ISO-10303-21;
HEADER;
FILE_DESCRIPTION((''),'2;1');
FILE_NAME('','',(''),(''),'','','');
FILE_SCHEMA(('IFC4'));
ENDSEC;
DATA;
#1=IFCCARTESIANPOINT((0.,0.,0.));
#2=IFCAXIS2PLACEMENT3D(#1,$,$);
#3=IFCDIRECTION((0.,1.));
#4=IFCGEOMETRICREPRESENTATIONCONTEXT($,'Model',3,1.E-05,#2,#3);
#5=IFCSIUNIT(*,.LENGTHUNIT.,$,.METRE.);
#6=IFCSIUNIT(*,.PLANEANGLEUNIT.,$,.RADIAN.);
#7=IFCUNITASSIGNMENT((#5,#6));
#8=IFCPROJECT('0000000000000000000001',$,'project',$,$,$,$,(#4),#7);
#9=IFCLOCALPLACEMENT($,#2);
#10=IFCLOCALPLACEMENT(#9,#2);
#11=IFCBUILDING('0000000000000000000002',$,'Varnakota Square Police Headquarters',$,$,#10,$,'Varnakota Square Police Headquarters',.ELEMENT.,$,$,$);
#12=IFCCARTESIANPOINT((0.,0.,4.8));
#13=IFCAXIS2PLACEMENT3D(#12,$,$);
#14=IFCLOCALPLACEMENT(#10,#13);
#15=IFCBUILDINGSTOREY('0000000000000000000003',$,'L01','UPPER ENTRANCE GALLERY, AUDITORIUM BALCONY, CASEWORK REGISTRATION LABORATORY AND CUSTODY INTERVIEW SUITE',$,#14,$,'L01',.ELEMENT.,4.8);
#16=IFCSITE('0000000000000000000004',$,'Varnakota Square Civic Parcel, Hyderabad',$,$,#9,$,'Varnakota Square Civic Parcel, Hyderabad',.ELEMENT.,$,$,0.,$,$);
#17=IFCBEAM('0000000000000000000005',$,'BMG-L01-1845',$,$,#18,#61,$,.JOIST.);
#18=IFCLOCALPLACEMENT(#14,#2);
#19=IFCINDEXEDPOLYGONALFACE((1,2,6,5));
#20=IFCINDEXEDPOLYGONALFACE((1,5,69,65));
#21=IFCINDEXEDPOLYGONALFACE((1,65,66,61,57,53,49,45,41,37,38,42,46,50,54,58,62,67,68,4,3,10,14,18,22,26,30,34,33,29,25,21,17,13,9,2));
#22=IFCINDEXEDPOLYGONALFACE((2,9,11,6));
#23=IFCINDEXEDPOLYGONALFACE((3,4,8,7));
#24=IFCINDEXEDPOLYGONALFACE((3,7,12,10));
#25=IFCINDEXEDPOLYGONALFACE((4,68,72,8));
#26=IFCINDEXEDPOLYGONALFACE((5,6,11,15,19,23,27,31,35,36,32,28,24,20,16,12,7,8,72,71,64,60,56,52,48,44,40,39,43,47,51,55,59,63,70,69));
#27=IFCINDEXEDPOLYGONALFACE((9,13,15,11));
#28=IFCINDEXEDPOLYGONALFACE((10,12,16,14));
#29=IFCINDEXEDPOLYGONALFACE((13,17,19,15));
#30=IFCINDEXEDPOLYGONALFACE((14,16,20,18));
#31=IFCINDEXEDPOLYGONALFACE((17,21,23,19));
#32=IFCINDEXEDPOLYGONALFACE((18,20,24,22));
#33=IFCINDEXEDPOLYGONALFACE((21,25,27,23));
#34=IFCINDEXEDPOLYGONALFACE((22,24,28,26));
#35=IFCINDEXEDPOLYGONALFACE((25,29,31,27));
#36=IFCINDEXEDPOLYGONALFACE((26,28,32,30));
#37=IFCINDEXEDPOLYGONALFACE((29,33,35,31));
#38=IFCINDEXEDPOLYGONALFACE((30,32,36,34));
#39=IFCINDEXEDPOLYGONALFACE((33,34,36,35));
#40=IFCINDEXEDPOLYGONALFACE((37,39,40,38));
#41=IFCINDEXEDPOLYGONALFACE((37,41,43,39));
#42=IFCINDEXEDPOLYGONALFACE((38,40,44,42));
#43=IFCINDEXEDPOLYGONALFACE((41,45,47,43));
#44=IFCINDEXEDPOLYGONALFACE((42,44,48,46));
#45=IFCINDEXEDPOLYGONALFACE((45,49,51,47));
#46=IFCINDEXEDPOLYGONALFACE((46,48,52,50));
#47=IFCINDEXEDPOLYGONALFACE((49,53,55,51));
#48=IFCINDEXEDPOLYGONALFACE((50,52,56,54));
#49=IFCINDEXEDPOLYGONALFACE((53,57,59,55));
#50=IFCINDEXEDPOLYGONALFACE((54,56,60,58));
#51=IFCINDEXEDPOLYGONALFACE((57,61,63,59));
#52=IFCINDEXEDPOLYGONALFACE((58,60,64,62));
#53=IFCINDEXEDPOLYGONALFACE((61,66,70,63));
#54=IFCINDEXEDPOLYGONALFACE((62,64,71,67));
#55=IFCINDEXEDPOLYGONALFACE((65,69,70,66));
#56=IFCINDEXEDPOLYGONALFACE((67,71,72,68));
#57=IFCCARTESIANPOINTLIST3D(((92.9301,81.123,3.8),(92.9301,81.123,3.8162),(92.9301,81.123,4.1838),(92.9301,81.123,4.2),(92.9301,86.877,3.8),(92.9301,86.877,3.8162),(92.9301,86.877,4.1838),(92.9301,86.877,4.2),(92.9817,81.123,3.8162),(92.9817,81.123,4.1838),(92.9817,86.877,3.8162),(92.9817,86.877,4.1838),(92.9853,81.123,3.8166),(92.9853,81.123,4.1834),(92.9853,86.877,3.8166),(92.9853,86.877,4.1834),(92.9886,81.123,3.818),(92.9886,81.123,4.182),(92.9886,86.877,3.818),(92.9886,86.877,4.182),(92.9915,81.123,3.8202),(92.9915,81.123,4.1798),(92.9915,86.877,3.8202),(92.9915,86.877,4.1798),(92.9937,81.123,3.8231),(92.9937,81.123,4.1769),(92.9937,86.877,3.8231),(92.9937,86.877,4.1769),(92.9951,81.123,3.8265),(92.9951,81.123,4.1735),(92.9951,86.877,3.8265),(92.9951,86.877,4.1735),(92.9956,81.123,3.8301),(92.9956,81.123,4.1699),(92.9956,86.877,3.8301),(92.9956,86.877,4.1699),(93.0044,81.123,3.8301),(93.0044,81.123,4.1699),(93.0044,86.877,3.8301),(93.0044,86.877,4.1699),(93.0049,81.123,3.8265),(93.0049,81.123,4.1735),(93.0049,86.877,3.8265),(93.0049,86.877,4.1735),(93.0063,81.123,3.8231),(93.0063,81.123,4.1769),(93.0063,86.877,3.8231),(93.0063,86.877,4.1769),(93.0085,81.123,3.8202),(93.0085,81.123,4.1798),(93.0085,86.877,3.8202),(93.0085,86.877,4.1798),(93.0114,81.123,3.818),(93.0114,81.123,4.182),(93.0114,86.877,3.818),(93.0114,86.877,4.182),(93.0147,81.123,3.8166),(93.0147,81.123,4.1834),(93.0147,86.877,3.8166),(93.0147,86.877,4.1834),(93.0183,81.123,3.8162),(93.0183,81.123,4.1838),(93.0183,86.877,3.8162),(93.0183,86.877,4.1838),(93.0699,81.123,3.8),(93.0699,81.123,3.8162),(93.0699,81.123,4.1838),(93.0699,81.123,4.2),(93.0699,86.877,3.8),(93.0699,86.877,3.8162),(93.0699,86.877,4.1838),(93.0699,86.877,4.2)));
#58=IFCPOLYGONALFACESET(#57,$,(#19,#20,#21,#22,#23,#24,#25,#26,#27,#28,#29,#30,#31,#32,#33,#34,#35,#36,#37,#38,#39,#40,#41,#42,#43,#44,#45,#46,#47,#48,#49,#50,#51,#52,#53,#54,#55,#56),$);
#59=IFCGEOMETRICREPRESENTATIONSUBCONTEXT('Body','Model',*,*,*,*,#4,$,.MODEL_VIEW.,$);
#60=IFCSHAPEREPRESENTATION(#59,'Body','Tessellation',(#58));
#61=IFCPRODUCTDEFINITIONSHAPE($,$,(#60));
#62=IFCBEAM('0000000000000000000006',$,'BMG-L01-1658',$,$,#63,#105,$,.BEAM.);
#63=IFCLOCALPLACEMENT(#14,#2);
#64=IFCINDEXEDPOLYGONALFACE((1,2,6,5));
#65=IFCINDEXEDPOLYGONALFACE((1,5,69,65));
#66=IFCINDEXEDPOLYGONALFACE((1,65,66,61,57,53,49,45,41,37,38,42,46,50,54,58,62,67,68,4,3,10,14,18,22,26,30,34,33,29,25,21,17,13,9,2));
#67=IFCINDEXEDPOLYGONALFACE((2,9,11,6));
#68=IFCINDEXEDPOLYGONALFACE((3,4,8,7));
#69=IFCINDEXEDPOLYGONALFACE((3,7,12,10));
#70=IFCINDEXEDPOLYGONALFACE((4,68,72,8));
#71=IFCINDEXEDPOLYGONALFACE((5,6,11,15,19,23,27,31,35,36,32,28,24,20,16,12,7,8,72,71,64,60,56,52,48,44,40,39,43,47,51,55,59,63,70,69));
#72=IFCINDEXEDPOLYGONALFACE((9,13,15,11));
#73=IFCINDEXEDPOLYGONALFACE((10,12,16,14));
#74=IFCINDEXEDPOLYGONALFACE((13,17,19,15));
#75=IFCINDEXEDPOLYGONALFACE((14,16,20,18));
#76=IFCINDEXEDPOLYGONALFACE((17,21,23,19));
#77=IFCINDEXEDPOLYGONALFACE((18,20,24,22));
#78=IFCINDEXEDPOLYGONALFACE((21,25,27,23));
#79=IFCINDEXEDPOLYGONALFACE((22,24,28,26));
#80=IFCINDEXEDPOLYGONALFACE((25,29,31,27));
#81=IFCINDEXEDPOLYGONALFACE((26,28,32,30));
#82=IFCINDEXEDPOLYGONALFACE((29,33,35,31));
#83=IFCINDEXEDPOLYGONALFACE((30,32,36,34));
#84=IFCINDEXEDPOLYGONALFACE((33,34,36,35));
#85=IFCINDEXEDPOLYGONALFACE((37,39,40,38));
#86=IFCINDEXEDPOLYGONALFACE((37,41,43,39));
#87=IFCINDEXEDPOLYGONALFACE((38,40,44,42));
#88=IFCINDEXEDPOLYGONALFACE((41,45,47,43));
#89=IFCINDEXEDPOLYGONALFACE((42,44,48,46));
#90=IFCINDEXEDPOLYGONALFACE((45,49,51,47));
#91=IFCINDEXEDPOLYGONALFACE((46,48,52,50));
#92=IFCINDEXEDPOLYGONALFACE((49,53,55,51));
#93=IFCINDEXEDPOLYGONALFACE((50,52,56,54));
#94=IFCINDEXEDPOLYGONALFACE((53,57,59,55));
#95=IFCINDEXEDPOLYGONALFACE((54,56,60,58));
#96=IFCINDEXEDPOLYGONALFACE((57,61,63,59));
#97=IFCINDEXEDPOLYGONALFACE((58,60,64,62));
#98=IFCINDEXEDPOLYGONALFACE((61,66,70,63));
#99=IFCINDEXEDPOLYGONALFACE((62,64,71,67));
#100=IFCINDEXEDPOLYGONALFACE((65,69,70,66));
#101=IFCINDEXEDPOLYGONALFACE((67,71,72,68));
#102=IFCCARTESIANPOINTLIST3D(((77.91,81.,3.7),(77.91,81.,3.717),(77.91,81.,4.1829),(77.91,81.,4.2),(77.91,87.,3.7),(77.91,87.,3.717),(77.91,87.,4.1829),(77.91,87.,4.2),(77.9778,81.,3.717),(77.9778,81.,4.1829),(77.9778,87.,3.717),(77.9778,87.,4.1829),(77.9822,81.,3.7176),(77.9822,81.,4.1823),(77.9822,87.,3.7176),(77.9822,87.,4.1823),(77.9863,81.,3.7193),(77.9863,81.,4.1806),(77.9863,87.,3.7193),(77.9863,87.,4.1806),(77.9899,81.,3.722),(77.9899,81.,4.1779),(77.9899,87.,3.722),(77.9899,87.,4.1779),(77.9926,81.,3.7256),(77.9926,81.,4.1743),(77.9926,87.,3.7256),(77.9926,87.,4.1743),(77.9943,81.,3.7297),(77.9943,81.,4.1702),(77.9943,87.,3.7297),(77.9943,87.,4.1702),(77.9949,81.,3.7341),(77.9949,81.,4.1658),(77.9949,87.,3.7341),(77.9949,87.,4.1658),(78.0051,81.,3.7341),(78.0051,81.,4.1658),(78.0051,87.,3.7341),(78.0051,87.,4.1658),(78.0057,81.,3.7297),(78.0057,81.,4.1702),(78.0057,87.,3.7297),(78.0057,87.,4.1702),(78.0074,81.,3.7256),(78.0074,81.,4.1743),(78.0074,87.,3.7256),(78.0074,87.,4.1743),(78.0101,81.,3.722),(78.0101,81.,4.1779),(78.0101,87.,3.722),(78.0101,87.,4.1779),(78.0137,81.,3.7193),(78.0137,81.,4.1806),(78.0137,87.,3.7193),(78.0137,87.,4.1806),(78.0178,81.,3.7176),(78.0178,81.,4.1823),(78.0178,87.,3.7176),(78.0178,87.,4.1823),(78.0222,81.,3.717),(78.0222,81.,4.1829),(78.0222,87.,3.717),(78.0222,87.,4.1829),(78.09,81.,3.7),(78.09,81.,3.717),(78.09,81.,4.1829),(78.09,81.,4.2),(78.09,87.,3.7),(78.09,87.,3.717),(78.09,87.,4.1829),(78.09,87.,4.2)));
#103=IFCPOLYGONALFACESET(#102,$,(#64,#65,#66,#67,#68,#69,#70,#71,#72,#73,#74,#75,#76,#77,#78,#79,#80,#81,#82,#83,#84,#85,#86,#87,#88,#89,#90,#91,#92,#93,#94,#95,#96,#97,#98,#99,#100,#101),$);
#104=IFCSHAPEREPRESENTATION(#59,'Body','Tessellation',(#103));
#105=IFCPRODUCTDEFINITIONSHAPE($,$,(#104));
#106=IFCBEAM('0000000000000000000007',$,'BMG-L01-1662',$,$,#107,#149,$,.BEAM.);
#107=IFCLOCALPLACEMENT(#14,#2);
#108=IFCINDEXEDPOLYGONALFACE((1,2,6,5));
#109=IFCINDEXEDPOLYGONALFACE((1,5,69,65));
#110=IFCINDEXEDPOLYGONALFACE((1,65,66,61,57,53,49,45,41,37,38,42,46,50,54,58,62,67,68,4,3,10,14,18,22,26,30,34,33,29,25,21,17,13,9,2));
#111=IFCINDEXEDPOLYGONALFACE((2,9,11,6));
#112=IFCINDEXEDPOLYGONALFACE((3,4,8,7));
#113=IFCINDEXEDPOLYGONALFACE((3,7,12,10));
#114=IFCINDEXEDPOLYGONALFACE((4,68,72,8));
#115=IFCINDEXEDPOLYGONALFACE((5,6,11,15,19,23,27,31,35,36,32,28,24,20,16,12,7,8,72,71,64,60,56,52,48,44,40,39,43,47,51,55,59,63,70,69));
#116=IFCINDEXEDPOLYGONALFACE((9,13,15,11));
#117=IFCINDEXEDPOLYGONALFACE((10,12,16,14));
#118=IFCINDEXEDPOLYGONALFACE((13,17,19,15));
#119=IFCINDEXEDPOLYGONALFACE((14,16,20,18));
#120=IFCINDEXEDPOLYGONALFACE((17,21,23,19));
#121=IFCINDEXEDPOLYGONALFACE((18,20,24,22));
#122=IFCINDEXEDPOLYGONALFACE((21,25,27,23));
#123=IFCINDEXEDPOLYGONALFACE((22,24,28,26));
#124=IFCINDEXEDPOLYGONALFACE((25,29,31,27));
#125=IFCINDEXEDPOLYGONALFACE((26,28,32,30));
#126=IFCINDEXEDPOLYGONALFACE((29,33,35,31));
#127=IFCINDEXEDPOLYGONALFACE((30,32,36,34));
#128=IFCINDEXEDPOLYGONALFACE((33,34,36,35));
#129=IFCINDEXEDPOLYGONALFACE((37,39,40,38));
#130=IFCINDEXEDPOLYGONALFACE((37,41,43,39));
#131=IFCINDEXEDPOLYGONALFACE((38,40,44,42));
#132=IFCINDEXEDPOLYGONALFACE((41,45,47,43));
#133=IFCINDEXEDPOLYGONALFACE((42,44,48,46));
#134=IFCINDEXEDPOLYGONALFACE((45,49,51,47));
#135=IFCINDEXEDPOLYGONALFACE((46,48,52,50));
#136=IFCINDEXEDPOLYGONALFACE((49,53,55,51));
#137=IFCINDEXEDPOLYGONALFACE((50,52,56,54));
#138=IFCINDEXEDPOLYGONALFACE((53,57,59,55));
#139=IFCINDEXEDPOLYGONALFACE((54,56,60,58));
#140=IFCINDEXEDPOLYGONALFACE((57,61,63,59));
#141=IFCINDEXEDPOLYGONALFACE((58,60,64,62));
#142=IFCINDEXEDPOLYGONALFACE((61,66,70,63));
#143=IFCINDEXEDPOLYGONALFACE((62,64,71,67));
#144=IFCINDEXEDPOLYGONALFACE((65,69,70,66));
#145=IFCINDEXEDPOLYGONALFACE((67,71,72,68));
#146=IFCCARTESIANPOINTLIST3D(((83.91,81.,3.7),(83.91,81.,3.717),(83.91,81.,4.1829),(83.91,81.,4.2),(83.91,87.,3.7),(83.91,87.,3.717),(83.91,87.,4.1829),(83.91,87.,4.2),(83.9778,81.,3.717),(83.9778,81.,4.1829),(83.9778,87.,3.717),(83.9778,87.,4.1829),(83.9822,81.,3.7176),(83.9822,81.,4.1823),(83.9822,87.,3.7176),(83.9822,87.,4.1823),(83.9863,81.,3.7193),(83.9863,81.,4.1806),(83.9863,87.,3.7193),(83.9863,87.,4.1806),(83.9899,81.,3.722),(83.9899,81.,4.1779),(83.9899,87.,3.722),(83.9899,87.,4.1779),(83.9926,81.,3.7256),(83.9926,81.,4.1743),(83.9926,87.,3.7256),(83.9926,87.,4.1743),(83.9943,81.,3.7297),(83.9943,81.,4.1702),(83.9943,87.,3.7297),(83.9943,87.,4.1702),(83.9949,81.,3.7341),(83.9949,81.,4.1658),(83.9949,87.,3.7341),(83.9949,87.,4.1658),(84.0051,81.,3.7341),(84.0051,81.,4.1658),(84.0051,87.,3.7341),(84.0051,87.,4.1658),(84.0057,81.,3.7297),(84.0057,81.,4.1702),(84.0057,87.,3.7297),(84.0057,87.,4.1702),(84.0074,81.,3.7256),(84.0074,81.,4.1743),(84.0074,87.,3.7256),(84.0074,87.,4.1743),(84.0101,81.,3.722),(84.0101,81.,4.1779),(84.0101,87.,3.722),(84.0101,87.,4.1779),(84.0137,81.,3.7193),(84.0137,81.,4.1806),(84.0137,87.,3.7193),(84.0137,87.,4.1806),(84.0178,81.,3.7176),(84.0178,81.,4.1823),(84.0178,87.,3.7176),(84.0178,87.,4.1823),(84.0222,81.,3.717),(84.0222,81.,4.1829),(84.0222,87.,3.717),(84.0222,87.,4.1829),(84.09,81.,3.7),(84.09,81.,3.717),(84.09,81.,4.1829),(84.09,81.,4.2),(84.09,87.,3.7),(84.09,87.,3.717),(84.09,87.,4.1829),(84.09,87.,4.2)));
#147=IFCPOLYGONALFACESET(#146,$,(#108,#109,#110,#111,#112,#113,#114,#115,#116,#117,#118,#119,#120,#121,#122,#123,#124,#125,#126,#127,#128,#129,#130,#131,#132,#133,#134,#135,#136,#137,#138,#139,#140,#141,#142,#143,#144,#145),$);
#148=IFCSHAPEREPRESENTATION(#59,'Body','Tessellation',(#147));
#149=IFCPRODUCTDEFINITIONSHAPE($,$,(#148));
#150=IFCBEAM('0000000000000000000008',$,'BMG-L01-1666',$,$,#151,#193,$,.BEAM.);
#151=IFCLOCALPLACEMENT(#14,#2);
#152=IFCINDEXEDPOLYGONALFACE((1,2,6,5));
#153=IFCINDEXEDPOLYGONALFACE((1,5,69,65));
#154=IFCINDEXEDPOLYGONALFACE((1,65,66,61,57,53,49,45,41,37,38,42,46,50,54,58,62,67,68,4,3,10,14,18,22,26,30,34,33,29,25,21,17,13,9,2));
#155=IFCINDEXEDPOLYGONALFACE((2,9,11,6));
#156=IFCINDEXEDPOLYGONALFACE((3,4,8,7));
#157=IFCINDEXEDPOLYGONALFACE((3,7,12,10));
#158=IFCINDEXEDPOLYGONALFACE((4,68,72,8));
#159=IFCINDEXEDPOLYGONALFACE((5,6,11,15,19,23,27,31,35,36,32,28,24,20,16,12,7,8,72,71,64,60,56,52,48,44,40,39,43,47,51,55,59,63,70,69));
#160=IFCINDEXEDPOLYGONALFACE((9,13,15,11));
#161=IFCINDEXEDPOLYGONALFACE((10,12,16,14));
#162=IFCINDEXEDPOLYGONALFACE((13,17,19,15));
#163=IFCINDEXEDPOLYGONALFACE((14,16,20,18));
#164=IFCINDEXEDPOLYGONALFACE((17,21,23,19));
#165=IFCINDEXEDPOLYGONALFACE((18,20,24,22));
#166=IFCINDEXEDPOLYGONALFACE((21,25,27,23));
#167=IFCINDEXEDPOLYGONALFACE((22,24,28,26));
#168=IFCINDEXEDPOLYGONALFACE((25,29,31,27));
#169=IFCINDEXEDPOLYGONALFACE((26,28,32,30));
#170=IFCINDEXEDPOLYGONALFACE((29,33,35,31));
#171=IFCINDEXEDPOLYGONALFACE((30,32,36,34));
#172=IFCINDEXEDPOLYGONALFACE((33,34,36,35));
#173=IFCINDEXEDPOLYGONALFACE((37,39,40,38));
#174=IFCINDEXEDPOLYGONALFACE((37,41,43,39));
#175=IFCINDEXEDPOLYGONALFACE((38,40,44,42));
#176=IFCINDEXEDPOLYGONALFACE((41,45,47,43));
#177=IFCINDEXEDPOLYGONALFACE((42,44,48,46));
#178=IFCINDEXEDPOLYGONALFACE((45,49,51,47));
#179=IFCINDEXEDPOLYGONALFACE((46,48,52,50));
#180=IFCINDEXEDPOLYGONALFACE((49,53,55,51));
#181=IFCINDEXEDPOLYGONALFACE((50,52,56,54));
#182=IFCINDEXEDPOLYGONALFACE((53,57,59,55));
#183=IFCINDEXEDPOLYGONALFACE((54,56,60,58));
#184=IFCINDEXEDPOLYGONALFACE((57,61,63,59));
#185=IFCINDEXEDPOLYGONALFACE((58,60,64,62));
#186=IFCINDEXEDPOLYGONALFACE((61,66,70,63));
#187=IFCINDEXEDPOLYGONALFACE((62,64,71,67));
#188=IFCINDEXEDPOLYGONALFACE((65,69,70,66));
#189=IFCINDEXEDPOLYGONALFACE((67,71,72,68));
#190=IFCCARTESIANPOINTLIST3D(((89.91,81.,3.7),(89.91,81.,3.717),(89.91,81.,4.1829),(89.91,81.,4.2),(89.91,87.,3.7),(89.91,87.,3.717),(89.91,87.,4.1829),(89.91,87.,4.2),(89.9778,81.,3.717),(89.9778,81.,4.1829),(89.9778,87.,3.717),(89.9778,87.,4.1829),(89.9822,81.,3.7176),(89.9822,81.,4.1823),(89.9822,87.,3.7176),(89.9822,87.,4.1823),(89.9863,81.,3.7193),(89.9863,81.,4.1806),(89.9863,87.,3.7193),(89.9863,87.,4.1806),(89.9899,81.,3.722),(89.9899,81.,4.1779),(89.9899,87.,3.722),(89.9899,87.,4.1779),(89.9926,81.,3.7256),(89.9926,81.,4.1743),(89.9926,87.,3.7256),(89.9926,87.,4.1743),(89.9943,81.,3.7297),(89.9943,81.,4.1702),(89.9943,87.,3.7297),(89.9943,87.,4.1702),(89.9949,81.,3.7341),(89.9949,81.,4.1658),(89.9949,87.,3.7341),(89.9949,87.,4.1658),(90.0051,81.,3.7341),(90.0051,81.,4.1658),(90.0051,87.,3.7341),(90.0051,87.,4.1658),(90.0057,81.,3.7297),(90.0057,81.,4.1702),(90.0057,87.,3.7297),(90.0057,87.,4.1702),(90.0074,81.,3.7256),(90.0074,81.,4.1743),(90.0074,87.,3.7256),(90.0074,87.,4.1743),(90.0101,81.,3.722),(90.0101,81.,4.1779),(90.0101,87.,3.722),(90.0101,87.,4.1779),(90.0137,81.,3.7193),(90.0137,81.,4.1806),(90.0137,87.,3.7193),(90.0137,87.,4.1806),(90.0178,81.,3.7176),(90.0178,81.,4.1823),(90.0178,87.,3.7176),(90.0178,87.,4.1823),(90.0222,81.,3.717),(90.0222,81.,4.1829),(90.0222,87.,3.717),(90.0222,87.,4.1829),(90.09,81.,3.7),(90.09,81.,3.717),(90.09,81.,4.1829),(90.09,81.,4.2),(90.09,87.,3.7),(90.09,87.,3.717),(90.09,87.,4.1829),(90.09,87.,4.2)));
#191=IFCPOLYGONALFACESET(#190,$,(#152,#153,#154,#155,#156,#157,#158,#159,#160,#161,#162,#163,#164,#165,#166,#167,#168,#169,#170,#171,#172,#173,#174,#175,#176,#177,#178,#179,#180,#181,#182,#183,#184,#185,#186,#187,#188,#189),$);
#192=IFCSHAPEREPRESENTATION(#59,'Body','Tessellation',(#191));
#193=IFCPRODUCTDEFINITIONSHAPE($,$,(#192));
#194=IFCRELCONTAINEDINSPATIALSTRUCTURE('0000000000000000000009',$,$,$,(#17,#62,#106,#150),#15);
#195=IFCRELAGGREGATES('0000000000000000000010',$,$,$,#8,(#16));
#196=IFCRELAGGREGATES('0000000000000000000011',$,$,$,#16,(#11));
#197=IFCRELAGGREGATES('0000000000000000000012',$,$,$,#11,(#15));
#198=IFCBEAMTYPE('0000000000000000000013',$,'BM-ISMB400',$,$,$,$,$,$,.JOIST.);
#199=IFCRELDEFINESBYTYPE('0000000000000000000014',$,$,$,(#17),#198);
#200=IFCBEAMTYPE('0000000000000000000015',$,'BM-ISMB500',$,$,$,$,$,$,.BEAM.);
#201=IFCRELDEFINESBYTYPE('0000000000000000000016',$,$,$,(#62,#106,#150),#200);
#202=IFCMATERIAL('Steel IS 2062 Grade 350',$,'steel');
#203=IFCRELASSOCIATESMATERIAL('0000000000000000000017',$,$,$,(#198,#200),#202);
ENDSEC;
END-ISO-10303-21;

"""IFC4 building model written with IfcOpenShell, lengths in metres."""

from ifc_helpers import new_model, si_unit, direction, frame, origin, origin_2d, place, context, subcontext, project, spatial, i_section, extrude, material, material_profile, profile_set, type_object, element, save


model = new_model("IFC4")

# Units and contexts
model_context = context("Model", 3, precision=1e-05, world=origin(), true_north=direction((0.0, 1.0)))
body_context = subcontext(model_context, "Body", "Model", "MODEL_VIEW")
ifc_project = project(units=[si_unit("LENGTHUNIT", "METRE"), si_unit("PLANEANGLEUNIT", "RADIAN")], contexts=[model_context])

# Site, building, storey
site_placement = place(None, origin())
site = spatial("IfcSite", under=ifc_project, at=site_placement, Name="Varnakota Square Civic Parcel, Hyderabad", LongName="Varnakota Square Civic Parcel, Hyderabad", CompositionType="ELEMENT", RefElevation=0.0)
building_placement = place(site_placement, origin())
building = spatial("IfcBuilding", under=site, at=building_placement, Name="Varnakota Square Police Headquarters", LongName="Varnakota Square Police Headquarters", CompositionType="ELEMENT")
storey_placement = place(building_placement, frame((0.0, 0.0, 4.8)))
storey = spatial("IfcBuildingStorey", under=building, at=storey_placement, Name="L01", Description="UPPER ENTRANCE GALLERY, AUDITORIUM BALCONY, CASEWORK REGISTRATION LABORATORY AND CUSTODY INTERVIEW SUITE", LongName="L01", CompositionType="ELEMENT", Elevation=4.8)

# Shared definitions
ifc_material_1 = material(Name="Steel IS 2062 Grade 350", Category="steel")

# Beams
ifc_material_profile_1 = material_profile(ifc_material_1, i_section(OverallWidth=0.1399, OverallDepth=0.3999, WebThickness=0.0088, FlangeThickness=0.0161, FilletRadius=0.0139, at=origin_2d()), Name="ISMB 400")
ifc_profile_set_1 = profile_set([ifc_material_profile_1], Name="Steel IS 2062 Grade 350")
beam_type_1 = type_object("IfcBeamType", Name="BM-ISMB400", PredefinedType="JOIST", material=ifc_profile_set_1)
beam_1_placement = place(storey_placement, frame((93.0, 81.123, 4.0), z_axis=(0.0, 1.0, 0.0), x_axis=(-1.0, 0.0, 0.0)))
element("IfcBeam", 1, at=beam_1_placement, inside=storey, type_object=beam_type_1, Name="BMG-L01-1845", PredefinedType="JOIST", context=body_context, shape_type="SweptSolid", body=[
    extrude(i_section(OverallWidth=0.1399, OverallDepth=0.3999, WebThickness=0.0088, FlangeThickness=0.0161, FilletRadius=0.0139, at=origin_2d()), origin(), (0.0, 0.0, 1.0), 5.7539),
])
ifc_material_profile_2 = material_profile(ifc_material_1, i_section(OverallWidth=0.1799, OverallDepth=0.5, WebThickness=0.0103, FlangeThickness=0.0171, FilletRadius=0.0171, at=origin_2d()), Name="ISMB 500")
ifc_profile_set_2 = profile_set([ifc_material_profile_2], Name="Steel IS 2062 Grade 350")
beam_type_2 = type_object("IfcBeamType", Name="BM-ISMB500", PredefinedType="BEAM", material=ifc_profile_set_2)
for number, where, z_axis, x_axis, name in (
    (2, (78.0, 81.0, 3.95), (0.0, 1.0, 0.0), (-1.0, 0.0, 0.0), "BMG-L01-1658"),
    (3, (84.0, 81.0, 3.95), (0.0, 1.0, 0.0), (-1.0, 0.0, 0.0), "BMG-L01-1662"),
    (4, (90.0, 81.0, 3.95), (0.0, 1.0, 0.0), (-1.0, 0.0, 0.0), "BMG-L01-1666"),
):
    element("IfcBeam", number, at=place(storey_placement, frame(where, z_axis=z_axis, x_axis=x_axis)), inside=storey, type_object=beam_type_2, Name=name, PredefinedType="BEAM", context=body_context, shape_type="SweptSolid", body=[
        extrude(i_section(OverallWidth=0.1799, OverallDepth=0.5, WebThickness=0.0103, FlangeThickness=0.0171, FilletRadius=0.0171, at=origin_2d()), origin(), (0.0, 0.0, 1.0), 6.0),
    ])

save(model, "model.ifc")
